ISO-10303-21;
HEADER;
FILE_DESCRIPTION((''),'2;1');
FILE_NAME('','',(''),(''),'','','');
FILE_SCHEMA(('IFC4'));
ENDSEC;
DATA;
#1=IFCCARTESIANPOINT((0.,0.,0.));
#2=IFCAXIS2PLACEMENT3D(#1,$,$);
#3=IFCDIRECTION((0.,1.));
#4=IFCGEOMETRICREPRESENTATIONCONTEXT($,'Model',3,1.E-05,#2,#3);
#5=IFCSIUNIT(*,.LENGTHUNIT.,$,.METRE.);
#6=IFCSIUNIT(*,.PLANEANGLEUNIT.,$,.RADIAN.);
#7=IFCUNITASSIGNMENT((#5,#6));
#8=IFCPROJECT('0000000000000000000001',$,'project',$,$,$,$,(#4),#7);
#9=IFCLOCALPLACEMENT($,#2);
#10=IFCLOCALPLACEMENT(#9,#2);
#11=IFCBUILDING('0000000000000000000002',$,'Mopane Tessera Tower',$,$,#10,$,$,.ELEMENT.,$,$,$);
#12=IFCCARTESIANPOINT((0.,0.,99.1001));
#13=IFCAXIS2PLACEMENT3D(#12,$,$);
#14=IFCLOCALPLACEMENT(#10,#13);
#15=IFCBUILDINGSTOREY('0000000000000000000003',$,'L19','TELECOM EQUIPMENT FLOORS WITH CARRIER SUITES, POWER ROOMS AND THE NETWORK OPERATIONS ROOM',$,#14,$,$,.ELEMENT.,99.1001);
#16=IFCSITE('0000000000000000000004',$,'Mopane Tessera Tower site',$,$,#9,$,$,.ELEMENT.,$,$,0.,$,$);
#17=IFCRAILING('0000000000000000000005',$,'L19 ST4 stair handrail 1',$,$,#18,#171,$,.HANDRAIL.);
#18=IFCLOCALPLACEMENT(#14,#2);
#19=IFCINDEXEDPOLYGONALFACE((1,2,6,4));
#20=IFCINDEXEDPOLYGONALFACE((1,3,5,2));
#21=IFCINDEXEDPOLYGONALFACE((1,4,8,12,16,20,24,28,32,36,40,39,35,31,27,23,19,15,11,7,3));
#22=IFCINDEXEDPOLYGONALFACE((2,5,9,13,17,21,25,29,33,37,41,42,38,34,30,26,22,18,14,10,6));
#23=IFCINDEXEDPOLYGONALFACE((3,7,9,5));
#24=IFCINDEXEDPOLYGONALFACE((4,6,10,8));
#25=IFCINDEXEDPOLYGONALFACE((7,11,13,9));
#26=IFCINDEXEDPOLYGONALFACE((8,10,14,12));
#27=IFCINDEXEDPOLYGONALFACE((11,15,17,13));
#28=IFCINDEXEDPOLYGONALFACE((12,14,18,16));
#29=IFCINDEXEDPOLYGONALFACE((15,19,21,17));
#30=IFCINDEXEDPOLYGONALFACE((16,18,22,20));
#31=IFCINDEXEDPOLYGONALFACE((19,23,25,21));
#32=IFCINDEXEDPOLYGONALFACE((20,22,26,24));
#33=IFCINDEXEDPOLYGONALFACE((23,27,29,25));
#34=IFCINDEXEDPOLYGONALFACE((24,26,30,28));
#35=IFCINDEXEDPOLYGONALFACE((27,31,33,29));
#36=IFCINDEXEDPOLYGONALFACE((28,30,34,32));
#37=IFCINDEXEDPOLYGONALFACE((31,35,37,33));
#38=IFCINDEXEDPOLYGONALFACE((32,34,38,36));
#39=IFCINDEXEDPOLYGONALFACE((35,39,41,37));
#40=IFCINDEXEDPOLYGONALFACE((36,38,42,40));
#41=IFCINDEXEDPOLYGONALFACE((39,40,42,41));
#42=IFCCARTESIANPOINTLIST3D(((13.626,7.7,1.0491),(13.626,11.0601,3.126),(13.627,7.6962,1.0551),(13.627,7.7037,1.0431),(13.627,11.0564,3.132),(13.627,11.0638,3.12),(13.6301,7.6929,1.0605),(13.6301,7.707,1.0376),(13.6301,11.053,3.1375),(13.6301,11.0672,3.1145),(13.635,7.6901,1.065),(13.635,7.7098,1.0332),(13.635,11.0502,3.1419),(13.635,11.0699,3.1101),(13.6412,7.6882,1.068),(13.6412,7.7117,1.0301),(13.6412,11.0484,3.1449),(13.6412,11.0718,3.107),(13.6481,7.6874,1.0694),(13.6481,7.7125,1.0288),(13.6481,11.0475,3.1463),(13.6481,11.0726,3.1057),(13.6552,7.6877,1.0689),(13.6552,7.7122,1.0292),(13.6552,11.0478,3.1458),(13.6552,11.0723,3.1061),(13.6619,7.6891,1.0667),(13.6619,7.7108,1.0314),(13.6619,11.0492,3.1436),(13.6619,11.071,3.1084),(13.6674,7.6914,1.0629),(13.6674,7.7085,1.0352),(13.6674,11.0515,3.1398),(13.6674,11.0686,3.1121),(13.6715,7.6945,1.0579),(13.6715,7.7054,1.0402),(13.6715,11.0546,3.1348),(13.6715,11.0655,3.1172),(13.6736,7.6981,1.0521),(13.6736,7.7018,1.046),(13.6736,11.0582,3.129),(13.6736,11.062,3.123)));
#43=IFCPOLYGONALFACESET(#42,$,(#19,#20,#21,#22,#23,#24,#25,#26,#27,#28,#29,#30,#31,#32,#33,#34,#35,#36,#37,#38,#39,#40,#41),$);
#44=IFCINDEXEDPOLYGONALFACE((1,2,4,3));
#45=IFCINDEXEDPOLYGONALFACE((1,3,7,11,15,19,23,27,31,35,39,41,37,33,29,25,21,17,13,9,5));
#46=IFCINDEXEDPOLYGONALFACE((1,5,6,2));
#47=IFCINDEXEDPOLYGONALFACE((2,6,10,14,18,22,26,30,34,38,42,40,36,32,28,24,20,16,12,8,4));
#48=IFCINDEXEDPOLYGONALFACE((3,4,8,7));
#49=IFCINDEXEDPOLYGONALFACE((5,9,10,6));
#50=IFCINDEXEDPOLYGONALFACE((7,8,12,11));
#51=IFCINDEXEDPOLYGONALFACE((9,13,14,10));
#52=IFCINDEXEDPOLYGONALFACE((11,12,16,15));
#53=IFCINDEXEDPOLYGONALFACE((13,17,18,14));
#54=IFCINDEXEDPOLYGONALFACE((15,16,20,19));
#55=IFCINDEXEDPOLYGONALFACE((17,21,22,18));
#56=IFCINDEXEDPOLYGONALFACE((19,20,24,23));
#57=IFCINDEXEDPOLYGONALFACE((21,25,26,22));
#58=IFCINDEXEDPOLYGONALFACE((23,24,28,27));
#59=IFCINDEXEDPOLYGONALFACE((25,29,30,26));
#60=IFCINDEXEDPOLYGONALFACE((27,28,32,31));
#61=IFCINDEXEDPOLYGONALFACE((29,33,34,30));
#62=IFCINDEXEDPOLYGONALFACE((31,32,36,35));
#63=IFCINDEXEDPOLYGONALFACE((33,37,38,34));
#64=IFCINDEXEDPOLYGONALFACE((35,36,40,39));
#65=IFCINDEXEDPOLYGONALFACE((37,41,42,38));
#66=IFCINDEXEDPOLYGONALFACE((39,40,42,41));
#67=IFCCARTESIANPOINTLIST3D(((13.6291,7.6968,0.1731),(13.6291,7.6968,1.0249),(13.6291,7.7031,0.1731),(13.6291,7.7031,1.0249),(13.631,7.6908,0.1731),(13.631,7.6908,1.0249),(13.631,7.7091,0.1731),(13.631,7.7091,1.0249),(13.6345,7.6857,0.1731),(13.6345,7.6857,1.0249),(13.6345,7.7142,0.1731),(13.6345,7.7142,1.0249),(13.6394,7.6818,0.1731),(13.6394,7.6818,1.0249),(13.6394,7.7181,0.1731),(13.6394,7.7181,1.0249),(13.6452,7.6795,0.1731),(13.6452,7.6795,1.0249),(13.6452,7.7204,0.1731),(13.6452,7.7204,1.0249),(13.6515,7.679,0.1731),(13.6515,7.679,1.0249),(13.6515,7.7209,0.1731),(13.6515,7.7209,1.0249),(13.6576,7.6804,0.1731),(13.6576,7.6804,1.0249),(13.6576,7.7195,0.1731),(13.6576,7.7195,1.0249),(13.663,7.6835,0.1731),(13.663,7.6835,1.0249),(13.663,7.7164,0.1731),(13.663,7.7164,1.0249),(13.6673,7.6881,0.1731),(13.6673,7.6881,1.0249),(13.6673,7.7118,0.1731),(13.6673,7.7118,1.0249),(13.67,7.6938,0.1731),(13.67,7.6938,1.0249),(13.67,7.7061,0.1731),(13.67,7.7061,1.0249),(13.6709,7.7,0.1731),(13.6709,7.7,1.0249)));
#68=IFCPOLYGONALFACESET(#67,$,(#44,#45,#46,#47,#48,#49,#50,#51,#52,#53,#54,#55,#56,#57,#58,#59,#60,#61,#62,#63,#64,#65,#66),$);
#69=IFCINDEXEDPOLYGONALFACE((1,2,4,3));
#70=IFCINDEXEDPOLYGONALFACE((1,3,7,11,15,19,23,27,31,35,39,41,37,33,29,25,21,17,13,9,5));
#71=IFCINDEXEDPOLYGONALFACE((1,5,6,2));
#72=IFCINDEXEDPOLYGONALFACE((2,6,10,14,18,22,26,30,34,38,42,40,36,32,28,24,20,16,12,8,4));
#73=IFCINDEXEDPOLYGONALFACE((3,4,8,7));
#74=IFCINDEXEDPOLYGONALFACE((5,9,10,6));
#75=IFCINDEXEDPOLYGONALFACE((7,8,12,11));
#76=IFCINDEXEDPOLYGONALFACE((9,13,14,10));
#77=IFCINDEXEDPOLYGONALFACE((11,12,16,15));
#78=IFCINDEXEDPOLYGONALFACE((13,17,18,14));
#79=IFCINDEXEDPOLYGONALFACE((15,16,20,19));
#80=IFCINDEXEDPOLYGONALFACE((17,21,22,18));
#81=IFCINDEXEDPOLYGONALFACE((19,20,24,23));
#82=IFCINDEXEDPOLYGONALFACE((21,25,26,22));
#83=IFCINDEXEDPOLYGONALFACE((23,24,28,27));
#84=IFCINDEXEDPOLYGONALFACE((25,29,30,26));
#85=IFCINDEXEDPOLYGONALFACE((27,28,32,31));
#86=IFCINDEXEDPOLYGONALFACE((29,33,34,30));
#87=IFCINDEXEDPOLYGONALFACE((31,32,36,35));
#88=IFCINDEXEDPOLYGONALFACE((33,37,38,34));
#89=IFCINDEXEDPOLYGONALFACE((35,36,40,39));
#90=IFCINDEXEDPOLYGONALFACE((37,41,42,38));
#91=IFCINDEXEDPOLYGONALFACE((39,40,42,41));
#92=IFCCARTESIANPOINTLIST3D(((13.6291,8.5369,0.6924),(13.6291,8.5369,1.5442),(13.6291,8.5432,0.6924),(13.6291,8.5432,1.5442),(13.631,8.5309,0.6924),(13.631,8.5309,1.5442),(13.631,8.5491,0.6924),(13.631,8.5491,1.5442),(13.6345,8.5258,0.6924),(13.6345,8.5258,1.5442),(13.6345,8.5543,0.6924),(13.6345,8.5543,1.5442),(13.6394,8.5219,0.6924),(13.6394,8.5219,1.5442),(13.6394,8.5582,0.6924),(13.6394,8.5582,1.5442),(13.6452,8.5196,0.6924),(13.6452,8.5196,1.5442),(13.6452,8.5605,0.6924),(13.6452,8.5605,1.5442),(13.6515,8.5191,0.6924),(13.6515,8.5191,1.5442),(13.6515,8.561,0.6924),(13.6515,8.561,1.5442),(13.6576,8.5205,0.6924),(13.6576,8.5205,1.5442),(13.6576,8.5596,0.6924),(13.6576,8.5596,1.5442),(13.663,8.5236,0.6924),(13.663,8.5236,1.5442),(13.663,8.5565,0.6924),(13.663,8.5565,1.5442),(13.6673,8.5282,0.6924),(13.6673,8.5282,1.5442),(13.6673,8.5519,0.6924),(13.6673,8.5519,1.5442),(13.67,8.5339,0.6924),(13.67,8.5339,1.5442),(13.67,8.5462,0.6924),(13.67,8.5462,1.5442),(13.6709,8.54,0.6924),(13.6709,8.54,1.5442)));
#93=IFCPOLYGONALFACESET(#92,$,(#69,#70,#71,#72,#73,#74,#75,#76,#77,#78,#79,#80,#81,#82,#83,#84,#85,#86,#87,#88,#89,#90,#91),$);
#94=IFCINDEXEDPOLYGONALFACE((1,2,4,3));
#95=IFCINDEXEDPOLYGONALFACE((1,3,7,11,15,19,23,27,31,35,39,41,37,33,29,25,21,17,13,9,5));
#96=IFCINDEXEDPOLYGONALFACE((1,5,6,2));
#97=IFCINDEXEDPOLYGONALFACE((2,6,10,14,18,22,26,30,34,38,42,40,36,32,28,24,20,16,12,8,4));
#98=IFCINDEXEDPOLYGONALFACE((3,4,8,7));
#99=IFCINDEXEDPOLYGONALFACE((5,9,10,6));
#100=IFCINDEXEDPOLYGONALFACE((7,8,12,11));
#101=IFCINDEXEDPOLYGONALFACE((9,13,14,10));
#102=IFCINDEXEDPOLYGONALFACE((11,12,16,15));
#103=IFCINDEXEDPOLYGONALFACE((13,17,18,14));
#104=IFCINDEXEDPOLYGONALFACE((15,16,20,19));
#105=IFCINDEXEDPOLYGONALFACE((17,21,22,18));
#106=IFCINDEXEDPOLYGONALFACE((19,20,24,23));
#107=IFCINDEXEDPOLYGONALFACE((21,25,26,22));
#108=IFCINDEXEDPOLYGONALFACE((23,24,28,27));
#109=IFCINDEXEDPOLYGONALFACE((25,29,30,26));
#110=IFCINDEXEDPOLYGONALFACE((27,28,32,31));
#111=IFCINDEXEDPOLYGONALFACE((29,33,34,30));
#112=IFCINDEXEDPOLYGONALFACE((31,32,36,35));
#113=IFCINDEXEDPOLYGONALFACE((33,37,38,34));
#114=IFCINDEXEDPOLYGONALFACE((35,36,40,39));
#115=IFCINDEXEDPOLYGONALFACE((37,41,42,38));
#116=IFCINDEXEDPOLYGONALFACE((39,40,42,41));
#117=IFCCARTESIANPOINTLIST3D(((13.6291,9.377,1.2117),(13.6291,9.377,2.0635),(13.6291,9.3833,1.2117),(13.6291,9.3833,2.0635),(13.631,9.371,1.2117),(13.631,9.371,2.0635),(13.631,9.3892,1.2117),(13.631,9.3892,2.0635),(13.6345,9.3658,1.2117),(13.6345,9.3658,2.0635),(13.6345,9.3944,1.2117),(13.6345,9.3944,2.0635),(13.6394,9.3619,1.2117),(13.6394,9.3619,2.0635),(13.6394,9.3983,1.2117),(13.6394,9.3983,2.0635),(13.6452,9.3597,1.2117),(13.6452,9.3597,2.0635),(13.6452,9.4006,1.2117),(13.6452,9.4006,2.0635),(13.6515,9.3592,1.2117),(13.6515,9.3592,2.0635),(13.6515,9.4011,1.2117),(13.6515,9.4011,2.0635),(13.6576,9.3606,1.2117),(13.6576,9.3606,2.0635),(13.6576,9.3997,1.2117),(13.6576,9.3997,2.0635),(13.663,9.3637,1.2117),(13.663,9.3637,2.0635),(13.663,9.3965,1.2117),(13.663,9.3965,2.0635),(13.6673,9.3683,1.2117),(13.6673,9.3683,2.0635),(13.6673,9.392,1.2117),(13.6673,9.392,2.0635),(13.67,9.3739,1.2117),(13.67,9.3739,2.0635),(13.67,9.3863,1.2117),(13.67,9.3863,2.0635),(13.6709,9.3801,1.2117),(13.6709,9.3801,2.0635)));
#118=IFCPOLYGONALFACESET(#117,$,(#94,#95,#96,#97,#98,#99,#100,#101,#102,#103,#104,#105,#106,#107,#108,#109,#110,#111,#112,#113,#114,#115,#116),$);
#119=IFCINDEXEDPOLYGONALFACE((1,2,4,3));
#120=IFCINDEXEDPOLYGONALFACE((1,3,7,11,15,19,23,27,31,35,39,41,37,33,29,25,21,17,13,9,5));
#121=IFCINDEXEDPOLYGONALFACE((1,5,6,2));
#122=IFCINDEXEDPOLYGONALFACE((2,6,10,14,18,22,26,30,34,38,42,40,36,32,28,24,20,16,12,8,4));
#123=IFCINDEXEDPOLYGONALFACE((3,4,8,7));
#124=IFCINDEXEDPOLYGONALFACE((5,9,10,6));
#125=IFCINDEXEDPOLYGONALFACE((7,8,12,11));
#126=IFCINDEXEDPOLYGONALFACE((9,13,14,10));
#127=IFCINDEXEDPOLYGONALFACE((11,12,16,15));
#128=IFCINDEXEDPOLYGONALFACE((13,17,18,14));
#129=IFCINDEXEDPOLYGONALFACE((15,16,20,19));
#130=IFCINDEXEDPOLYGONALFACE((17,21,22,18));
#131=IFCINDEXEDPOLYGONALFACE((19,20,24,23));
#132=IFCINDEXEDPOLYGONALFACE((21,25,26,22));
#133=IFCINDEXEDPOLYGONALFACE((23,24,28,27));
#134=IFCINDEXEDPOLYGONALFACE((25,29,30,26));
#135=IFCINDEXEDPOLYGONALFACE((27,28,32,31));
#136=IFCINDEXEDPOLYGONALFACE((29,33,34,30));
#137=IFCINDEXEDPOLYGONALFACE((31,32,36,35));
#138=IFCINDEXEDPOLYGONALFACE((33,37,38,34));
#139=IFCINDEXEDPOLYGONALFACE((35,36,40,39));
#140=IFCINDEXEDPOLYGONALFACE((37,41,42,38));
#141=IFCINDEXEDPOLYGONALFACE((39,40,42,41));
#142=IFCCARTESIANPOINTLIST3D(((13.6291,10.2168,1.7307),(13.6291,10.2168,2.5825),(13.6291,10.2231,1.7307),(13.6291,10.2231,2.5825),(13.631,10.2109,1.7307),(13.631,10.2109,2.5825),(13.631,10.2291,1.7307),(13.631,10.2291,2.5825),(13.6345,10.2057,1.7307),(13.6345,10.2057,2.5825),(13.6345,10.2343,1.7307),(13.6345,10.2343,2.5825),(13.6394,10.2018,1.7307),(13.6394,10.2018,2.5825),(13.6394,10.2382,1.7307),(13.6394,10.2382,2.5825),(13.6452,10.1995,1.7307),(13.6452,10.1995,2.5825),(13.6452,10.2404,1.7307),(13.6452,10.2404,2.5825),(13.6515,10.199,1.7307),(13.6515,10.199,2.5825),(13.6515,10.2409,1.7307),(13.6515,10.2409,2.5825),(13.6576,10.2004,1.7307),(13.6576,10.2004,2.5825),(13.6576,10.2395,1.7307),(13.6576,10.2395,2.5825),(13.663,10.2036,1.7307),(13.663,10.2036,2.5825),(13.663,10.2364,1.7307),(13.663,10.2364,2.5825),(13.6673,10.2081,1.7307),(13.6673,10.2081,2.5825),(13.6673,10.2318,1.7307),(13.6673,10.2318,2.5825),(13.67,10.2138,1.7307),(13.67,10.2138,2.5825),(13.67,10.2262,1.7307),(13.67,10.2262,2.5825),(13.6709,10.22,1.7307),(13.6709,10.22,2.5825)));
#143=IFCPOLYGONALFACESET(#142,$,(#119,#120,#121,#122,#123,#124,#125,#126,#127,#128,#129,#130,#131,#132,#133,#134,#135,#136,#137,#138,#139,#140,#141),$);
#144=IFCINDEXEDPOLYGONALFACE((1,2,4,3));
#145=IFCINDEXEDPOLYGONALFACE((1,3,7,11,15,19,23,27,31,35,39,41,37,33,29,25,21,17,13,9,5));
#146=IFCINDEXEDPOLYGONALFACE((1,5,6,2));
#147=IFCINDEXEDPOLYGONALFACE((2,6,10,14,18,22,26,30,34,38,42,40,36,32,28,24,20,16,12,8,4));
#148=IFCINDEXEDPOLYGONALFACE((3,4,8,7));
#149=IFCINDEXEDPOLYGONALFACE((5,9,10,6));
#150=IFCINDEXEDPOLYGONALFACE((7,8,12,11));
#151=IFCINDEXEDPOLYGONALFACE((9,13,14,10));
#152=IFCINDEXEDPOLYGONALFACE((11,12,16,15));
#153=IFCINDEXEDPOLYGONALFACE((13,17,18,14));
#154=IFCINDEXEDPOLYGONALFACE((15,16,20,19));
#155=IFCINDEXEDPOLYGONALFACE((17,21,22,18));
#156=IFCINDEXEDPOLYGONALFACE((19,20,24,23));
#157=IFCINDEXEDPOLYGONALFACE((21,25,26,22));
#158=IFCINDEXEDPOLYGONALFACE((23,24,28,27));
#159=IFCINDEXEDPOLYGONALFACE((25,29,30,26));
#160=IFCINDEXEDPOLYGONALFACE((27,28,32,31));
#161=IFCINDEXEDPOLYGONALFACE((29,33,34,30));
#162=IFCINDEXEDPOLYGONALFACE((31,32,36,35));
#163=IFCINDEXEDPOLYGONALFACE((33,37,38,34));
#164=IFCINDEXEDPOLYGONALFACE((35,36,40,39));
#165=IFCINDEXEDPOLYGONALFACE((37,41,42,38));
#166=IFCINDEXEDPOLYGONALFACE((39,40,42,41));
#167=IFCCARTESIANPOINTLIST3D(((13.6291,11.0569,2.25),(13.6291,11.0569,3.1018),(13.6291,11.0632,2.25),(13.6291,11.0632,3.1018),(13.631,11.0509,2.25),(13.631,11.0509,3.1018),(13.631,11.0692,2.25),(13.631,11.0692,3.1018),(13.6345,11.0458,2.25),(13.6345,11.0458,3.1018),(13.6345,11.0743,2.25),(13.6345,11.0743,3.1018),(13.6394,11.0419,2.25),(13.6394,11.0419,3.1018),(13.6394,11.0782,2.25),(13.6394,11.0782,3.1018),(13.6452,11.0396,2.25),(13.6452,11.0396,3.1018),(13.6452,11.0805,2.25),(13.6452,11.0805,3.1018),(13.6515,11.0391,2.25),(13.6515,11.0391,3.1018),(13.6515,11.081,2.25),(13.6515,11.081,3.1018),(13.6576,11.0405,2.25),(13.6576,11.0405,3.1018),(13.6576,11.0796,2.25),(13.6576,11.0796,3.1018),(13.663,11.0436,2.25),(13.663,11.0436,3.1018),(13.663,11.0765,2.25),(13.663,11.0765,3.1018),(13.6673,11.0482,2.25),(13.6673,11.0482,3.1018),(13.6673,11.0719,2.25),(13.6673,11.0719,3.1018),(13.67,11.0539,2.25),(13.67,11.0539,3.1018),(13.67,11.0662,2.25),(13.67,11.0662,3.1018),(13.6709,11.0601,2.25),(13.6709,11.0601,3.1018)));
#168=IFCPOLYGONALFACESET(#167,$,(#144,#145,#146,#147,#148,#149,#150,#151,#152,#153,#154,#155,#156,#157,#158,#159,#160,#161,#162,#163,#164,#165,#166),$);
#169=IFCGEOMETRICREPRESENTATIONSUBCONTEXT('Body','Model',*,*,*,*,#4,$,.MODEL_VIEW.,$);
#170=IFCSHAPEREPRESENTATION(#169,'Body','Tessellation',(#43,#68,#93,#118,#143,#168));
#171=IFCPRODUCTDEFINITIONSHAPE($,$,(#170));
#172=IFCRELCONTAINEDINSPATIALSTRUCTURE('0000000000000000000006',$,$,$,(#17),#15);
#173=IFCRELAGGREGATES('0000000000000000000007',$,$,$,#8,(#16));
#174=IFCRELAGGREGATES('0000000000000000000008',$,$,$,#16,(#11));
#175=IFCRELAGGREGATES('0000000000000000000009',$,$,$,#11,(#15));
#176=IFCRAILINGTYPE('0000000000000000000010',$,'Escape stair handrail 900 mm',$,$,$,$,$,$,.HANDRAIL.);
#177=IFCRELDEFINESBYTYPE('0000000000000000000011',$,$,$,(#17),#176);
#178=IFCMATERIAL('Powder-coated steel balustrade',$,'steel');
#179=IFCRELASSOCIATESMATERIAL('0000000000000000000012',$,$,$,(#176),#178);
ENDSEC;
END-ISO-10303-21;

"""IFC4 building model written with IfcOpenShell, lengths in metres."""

from ifc_helpers import new_model, si_unit, direction, frame, origin, origin_2d, place, context, subcontext, project, spatial, circle, extrude, material, type_object, element, save


model = new_model("IFC4")

# Units and contexts
model_context = context("Model", 3, precision=1e-05, world=origin(), true_north=direction((0.0, 1.0)))
body_context = subcontext(model_context, "Body", "Model", "MODEL_VIEW")
ifc_project = project(units=[si_unit("LENGTHUNIT", "METRE"), si_unit("PLANEANGLEUNIT", "RADIAN")], contexts=[model_context])

# Site, building, storey
site_placement = place(None, origin())
site = spatial("IfcSite", under=ifc_project, at=site_placement, Name="Mopane Tessera Tower site", CompositionType="ELEMENT", RefElevation=0.0)
building_placement = place(site_placement, origin())
building = spatial("IfcBuilding", under=site, at=building_placement, Name="Mopane Tessera Tower", CompositionType="ELEMENT")
storey_placement = place(building_placement, frame((0.0, 0.0, 99.1001)))
storey = spatial("IfcBuildingStorey", under=building, at=storey_placement, Name="L19", Description="TELECOM EQUIPMENT FLOORS WITH CARRIER SUITES, POWER ROOMS AND THE NETWORK OPERATIONS ROOM", CompositionType="ELEMENT", Elevation=99.1001)

# Railing
ifc_material_1 = material(Name="Powder-coated steel balustrade", Category="steel")
railing_type = type_object("IfcRailingType", Name="Escape stair handrail 900 mm", PredefinedType="HANDRAIL", material=ifc_material_1)
railing_placement = place(storey_placement, frame((13.6499, 7.7, 0.1731)))
element("IfcRailing", 1, at=railing_placement, inside=storey, type_object=railing_type, Name="L19 ST4 stair handrail 1", PredefinedType="HANDRAIL", context=body_context, shape_type="SweptSolid", body=[
    extrude(circle(Radius=0.0239, at=origin_2d()), frame((0.0, 0.0, 0.876), z_axis=(0.0, 0.850623, 0.525776), x_axis=(-1.0, 0.0, 0.0)), (0.0, 0.0, 1.0), 3.9502),
    extrude(circle(Radius=0.021, at=origin_2d()), origin(), (0.0, 0.0, 1.0), 0.8518),
    extrude(circle(Radius=0.021, at=origin_2d()), frame((0.0, 0.8401, 0.5193)), (0.0, 0.0, 1.0), 0.8518),
    extrude(circle(Radius=0.021, at=origin_2d()), frame((0.0, 1.6802, 1.0386)), (0.0, 0.0, 1.0), 0.8518),
    extrude(circle(Radius=0.021, at=origin_2d()), frame((0.0, 2.52, 1.5576)), (0.0, 0.0, 1.0), 0.8518),
    extrude(circle(Radius=0.021, at=origin_2d()), frame((0.0, 3.3601, 2.0769)), (0.0, 0.0, 1.0), 0.8518),
])

save(model, "model.ifc")
